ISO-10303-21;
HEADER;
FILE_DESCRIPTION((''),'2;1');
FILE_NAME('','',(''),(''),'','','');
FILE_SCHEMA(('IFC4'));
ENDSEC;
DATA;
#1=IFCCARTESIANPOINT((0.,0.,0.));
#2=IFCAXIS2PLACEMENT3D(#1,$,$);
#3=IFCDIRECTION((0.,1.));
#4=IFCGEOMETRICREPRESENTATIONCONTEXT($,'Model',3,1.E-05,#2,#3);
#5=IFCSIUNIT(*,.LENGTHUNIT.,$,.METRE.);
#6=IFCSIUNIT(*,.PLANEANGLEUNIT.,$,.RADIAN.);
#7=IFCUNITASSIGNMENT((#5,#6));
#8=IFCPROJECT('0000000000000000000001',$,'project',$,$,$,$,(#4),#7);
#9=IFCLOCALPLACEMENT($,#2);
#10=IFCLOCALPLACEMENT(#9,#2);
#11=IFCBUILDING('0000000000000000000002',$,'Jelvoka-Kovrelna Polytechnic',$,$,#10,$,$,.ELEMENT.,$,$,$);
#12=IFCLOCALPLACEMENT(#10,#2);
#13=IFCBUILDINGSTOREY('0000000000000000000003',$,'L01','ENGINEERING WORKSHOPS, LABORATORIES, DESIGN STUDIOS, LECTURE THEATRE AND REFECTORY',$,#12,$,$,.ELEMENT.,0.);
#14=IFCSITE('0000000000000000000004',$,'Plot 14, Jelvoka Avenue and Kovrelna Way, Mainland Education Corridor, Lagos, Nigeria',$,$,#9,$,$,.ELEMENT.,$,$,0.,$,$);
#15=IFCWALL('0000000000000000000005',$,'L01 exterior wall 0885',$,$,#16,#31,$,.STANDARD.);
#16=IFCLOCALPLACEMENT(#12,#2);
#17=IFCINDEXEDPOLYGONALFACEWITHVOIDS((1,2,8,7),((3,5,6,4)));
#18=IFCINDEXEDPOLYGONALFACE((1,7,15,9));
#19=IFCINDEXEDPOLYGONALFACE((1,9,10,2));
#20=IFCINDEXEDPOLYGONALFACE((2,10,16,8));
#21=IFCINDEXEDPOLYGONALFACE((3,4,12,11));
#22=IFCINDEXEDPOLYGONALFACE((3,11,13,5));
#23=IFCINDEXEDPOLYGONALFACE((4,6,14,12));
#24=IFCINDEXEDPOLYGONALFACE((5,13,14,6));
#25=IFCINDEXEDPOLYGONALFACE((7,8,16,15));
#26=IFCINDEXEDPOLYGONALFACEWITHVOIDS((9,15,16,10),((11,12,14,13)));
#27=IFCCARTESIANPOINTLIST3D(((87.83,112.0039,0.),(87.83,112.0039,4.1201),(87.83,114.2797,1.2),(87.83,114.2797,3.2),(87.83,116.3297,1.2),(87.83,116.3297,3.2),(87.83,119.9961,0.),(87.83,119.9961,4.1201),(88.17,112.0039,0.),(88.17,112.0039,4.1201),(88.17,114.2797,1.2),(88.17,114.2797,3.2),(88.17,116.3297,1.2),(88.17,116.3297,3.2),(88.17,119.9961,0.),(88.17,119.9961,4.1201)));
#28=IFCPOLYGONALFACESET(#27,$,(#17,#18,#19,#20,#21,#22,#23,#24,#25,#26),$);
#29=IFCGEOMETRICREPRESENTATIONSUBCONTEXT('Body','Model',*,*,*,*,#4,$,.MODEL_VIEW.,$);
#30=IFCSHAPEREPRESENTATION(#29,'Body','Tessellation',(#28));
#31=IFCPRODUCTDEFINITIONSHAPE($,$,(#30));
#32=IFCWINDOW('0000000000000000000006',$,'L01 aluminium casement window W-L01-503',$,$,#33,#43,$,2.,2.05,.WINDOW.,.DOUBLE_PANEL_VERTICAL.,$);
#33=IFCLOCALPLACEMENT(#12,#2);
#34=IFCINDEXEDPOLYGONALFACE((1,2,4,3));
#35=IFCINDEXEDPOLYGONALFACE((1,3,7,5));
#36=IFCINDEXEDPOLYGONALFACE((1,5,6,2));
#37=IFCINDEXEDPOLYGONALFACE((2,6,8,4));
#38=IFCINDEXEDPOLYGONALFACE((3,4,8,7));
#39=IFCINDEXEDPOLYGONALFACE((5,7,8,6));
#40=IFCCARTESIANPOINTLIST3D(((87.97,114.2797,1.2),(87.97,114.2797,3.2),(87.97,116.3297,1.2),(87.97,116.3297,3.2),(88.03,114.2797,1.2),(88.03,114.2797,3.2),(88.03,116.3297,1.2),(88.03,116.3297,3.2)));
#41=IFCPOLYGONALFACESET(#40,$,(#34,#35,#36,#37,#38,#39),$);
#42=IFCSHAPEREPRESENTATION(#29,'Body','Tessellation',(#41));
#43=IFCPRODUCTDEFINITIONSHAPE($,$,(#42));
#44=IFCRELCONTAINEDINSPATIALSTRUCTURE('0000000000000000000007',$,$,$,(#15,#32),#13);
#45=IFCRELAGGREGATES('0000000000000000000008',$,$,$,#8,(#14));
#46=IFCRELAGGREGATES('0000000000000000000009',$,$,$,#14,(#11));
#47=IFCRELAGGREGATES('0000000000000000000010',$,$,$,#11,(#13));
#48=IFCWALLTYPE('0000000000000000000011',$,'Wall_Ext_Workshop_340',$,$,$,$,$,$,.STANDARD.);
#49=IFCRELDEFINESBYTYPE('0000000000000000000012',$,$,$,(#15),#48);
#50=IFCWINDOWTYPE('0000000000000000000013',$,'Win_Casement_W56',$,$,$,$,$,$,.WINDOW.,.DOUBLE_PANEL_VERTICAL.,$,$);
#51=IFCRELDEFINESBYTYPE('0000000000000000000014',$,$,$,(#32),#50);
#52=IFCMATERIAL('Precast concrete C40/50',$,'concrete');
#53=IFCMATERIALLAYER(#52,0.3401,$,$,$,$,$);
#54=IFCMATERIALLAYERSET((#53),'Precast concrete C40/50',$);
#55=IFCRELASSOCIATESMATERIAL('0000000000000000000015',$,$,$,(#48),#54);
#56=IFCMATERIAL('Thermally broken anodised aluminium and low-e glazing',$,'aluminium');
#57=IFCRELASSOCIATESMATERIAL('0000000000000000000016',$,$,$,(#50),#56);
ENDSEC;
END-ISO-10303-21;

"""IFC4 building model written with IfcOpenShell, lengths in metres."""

from ifc_helpers import new_model, si_unit, direction, frame, frame_2d, origin, place, context, subcontext, project, spatial, rectangle, extrude, material, layer, layer_set, type_object, element, fill, save


model = new_model("IFC4")

# Units and contexts
model_context = context("Model", 3, precision=1e-05, world=origin(), true_north=direction((0.0, 1.0)))
body_context = subcontext(model_context, "Body", "Model", "MODEL_VIEW")
ifc_project = project(units=[si_unit("LENGTHUNIT", "METRE"), si_unit("PLANEANGLEUNIT", "RADIAN")], contexts=[model_context])

# Site, building, storey
site_placement = place(None, origin())
site = spatial("IfcSite", under=ifc_project, at=site_placement, Name="Plot 14, Jelvoka Avenue and Kovrelna Way, Mainland Education Corridor, Lagos, Nigeria", CompositionType="ELEMENT", RefElevation=0.0)
building_placement = place(site_placement, origin())
building = spatial("IfcBuilding", under=site, at=building_placement, Name="Jelvoka-Kovrelna Polytechnic", CompositionType="ELEMENT")
storey_placement = place(building_placement, origin())
storey = spatial("IfcBuildingStorey", under=building, at=storey_placement, Name="L01", Description="ENGINEERING WORKSHOPS, LABORATORIES, DESIGN STUDIOS, LECTURE THEATRE AND REFECTORY", CompositionType="ELEMENT", Elevation=0.0)

# Shared definitions
ifc_material_1 = material(Name="Precast concrete C40/50", Category="concrete")
ifc_layer = layer(ifc_material_1, 0.3401)
ifc_layer_set = layer_set([ifc_layer], Name="Precast concrete C40/50")
wall_type = type_object("IfcWallType", Name="Wall_Ext_Workshop_340", PredefinedType="STANDARD", material=ifc_layer_set)

# Wall, opening, window
ifc_material_2 = material(Name="Thermally broken anodised aluminium and low-e glazing", Category="aluminium")
window_type = type_object("IfcWindowType", Name="Win_Casement_W56", PartitioningType="DOUBLE_PANEL_VERTICAL", PredefinedType="WINDOW", material=ifc_material_2)
wall_1_placement = place(storey_placement, frame((88.0, 112.0039, 0.0), z_axis=(0.0, 0.0, 1.0), x_axis=(0.0, 1.0, 0.0)))
wall_1 = element("IfcWall", 1, at=wall_1_placement, inside=storey, type_object=wall_type, Name="L01 exterior wall 0885", PredefinedType="STANDARD", context=body_context, shape_type="SweptSolid", body=[
    extrude(rectangle(XDim=7.9922, YDim=0.3401, at=frame_2d((3.9961, 0.0))), origin(), (0.0, 0.0, 1.0), 4.1201),
])
opening_1_placement = place(wall_1_placement, frame((2.2759, 0.0, 1.2)))
opening_1 = element("IfcOpeningElement", 2, at=opening_1_placement, cuts=wall_1, PredefinedType="OPENING", context=body_context, shape_type="SweptSolid", body=[
    extrude(rectangle(XDim=2.05, YDim=2.0, at=frame_2d((1.0249, 1.0))), frame((0.0, 0.1799, 0.0), z_axis=(0.0, -1.0, 0.0), x_axis=(1.0, 0.0, 0.0)), (0.0, 0.0, 1.0), 0.3601),
])
window_1_placement = place(opening_1_placement, origin())
window_1 = element("IfcWindow", 3, at=window_1_placement, inside=storey, type_object=window_type, Name="L01 aluminium casement window W-L01-503", OverallHeight=2.0, OverallWidth=2.05, PartitioningType="DOUBLE_PANEL_VERTICAL", PredefinedType="WINDOW", context=body_context, shape_type="SweptSolid", body=[
    extrude(rectangle(XDim=2.05, YDim=2.0, at=frame_2d((1.0249, 1.0))), frame((0.0, 0.03, 0.0), z_axis=(0.0, -1.0, 0.0), x_axis=(1.0, 0.0, 0.0)), (0.0, 0.0, 1.0), 0.0601),
])
fill(opening_1, window_1)

save(model, "model.ifc")
